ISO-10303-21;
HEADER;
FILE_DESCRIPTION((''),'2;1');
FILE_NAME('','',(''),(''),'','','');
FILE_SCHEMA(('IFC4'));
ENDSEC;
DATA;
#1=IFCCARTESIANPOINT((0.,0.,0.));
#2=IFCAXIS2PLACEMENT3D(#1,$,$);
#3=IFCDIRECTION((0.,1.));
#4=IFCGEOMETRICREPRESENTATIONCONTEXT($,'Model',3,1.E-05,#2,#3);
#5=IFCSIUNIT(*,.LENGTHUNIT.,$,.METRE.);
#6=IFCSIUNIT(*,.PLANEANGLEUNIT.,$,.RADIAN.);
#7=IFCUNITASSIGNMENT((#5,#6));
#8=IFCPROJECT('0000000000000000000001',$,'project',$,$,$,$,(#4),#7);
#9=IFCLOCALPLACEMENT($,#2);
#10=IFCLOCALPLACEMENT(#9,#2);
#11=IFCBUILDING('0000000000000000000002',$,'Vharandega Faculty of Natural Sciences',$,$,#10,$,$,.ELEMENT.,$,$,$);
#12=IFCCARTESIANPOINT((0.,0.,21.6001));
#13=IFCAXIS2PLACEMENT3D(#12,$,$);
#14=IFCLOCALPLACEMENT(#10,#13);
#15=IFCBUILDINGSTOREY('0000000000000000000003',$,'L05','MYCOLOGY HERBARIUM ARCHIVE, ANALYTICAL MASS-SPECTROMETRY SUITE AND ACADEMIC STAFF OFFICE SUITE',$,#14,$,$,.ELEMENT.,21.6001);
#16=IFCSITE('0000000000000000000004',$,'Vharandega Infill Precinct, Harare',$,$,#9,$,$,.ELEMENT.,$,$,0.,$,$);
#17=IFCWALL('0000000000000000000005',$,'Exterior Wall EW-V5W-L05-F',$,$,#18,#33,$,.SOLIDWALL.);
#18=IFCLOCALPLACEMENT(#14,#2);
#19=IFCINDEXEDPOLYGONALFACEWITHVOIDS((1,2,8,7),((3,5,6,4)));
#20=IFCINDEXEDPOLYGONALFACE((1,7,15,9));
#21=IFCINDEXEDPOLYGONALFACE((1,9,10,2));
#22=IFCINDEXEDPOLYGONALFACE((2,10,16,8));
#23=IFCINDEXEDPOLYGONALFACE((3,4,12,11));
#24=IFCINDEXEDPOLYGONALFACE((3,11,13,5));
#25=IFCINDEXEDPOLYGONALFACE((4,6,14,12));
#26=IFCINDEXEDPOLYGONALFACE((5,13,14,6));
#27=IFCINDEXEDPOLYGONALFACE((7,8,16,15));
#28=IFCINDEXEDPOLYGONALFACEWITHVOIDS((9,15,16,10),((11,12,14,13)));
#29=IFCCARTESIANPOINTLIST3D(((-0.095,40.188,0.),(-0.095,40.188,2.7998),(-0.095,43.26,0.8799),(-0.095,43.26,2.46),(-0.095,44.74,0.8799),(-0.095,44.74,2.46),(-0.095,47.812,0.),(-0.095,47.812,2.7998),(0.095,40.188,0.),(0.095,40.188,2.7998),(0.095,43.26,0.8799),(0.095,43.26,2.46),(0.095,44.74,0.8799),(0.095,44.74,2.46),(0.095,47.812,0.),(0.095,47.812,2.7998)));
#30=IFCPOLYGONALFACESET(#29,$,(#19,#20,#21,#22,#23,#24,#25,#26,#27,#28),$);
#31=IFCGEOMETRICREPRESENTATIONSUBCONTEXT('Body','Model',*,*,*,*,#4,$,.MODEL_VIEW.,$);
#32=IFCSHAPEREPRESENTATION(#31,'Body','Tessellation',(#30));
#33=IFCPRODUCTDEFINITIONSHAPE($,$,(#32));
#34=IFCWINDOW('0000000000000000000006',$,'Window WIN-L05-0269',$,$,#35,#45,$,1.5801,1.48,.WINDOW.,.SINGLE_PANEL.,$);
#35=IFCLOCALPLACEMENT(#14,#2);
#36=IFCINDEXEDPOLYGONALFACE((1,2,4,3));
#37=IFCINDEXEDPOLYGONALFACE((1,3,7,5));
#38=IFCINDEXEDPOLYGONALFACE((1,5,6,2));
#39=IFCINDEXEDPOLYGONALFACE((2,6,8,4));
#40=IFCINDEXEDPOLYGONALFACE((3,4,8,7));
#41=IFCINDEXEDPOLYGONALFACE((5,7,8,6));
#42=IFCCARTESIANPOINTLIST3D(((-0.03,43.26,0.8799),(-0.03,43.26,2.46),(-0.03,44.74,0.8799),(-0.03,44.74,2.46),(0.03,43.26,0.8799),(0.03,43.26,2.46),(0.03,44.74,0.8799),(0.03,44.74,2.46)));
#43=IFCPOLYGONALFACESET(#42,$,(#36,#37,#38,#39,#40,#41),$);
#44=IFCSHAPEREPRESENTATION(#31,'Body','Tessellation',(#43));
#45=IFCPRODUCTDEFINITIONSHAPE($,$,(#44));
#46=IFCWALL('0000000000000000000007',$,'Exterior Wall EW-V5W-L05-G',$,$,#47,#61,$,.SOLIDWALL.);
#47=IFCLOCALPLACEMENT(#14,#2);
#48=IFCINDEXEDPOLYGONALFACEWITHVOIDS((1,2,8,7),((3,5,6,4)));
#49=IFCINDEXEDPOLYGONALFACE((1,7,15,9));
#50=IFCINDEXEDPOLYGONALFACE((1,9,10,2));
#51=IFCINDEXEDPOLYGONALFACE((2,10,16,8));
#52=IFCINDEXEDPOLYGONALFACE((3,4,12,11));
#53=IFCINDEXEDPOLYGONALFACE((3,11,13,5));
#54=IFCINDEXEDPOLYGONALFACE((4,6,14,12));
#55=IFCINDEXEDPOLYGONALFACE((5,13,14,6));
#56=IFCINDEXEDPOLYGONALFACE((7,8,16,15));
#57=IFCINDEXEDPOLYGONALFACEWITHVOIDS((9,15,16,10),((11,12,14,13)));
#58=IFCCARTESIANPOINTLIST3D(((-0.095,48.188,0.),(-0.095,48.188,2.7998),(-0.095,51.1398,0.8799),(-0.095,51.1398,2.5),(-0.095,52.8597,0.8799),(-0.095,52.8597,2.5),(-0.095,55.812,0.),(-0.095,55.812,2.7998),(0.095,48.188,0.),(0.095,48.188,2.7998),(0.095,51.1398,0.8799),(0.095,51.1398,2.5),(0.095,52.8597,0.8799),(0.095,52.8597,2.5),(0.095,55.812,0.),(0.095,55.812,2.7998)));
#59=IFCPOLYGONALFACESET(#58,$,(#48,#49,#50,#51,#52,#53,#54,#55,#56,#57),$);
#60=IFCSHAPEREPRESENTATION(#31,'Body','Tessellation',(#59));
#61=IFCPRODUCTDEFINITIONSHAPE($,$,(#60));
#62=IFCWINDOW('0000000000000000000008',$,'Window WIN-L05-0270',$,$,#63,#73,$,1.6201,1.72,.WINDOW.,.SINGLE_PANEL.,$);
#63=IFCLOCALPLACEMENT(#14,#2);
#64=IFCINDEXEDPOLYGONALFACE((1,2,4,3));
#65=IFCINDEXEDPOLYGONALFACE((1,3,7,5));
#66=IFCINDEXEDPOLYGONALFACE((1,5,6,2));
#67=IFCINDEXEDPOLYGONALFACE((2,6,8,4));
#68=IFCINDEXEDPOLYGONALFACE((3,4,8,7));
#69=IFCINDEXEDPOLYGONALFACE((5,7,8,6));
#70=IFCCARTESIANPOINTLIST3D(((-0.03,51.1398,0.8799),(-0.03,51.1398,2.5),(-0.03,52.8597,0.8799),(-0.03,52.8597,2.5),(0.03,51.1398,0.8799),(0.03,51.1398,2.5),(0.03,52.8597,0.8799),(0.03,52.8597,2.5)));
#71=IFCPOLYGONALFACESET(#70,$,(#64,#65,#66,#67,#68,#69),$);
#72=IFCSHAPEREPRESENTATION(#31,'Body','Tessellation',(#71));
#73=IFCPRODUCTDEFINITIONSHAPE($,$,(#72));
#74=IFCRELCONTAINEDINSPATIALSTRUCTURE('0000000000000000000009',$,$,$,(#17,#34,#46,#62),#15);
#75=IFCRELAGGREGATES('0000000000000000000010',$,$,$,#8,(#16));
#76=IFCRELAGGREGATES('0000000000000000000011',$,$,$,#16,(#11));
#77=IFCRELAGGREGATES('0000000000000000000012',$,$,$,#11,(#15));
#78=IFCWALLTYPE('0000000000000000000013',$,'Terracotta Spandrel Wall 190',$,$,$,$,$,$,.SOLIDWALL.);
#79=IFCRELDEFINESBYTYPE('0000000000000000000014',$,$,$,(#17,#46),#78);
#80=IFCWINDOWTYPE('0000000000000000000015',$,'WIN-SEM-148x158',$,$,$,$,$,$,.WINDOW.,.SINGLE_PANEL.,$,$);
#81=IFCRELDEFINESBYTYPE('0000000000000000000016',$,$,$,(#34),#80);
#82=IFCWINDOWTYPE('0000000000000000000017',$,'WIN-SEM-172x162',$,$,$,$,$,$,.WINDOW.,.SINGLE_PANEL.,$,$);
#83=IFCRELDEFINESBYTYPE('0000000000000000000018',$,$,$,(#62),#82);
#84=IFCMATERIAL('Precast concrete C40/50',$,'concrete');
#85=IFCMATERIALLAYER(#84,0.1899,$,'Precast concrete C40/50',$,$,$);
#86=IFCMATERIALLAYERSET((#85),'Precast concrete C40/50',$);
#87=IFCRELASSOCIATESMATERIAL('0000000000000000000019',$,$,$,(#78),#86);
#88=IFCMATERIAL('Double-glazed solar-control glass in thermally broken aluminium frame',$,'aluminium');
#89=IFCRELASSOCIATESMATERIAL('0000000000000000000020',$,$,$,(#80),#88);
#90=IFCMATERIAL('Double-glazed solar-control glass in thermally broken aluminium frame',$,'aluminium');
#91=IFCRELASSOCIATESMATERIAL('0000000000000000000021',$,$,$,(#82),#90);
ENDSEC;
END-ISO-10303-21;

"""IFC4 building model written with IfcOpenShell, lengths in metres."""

from ifc_helpers import new_model, si_unit, direction, frame, frame_2d, origin, place, context, subcontext, project, spatial, rectangle, extrude, material, layer, layer_set, type_object, element, fill, save


model = new_model("IFC4")

# Units and contexts
model_context = context("Model", 3, precision=1e-05, world=origin(), true_north=direction((0.0, 1.0)))
body_context = subcontext(model_context, "Body", "Model", "MODEL_VIEW")
ifc_project = project(units=[si_unit("LENGTHUNIT", "METRE"), si_unit("PLANEANGLEUNIT", "RADIAN")], contexts=[model_context])

# Site, building, storey
site_placement = place(None, origin())
site = spatial("IfcSite", under=ifc_project, at=site_placement, Name="Vharandega Infill Precinct, Harare", CompositionType="ELEMENT", RefElevation=0.0)
building_placement = place(site_placement, origin())
building = spatial("IfcBuilding", under=site, at=building_placement, Name="Vharandega Faculty of Natural Sciences", CompositionType="ELEMENT")
storey_placement = place(building_placement, frame((0.0, 0.0, 21.6001)))
storey = spatial("IfcBuildingStorey", under=building, at=storey_placement, Name="L05", Description="MYCOLOGY HERBARIUM ARCHIVE, ANALYTICAL MASS-SPECTROMETRY SUITE AND ACADEMIC STAFF OFFICE SUITE", CompositionType="ELEMENT", Elevation=21.6001)

# Walls, openings, windows
ifc_material_1 = material(Name="Precast concrete C40/50", Category="concrete")
ifc_layer_1 = layer(ifc_material_1, 0.1899, Name="Precast concrete C40/50")
ifc_layer_set_1 = layer_set([ifc_layer_1], Name="Precast concrete C40/50")
wall_type_1 = type_object("IfcWallType", Name="Terracotta Spandrel Wall 190", PredefinedType="SOLIDWALL", material=ifc_layer_set_1)
wall_1_placement = place(storey_placement, frame((0.0, 40.188, 0.0), z_axis=(0.0, 0.0, 1.0), x_axis=(0.0, 1.0, 0.0)))
wall_1 = element("IfcWall", 1, at=wall_1_placement, inside=storey, type_object=wall_type_1, Name="Exterior Wall EW-V5W-L05-F", PredefinedType="SOLIDWALL", context=body_context, shape_type="SweptSolid", body=[
    extrude(rectangle(XDim=7.624, YDim=0.1899, at=frame_2d((3.812, 0.0))), origin(), (0.0, 0.0, 1.0), 2.7998),
])
opening_1_placement = place(wall_1_placement, frame((3.072, 0.0, 0.8799)))
opening_1 = element("IfcOpeningElement", 2, at=opening_1_placement, cuts=wall_1, PredefinedType="OPENING", context=body_context, shape_type="SweptSolid", body=[
    extrude(rectangle(XDim=1.48, YDim=1.5801, at=frame_2d((0.74, 0.79))), frame((0.0, 0.105, 0.0), z_axis=(0.0, -1.0, 0.0), x_axis=(1.0, 0.0, 0.0)), (0.0, 0.0, 1.0), 0.21),
])
ifc_material_2 = material(Name="Double-glazed solar-control glass in thermally broken aluminium frame", Category="aluminium")
window_type_1 = type_object("IfcWindowType", Name="WIN-SEM-148x158", PartitioningType="SINGLE_PANEL", PredefinedType="WINDOW", material=ifc_material_2)
window_1_placement = place(opening_1_placement, origin())
window_1 = element("IfcWindow", 3, at=window_1_placement, inside=storey, type_object=window_type_1, Name="Window WIN-L05-0269", OverallHeight=1.5801, OverallWidth=1.48, PartitioningType="SINGLE_PANEL", PredefinedType="WINDOW", context=body_context, shape_type="SweptSolid", body=[
    extrude(rectangle(XDim=1.48, YDim=1.5801, at=frame_2d((0.74, 0.79))), frame((0.0, 0.03, 0.0), z_axis=(0.0, -1.0, 0.0), x_axis=(1.0, 0.0, 0.0)), (0.0, 0.0, 1.0), 0.0601),
])
fill(opening_1, window_1)
wall_2_placement = place(storey_placement, frame((0.0, 48.188, 0.0), z_axis=(0.0, 0.0, 1.0), x_axis=(0.0, 1.0, 0.0)))
wall_2 = element("IfcWall", 4, at=wall_2_placement, inside=storey, type_object=wall_type_1, Name="Exterior Wall EW-V5W-L05-G", PredefinedType="SOLIDWALL", context=body_context, shape_type="SweptSolid", body=[
    extrude(rectangle(XDim=7.624, YDim=0.1899, at=frame_2d((3.812, 0.0))), origin(), (0.0, 0.0, 1.0), 2.7998),
])
opening_2_placement = place(wall_2_placement, frame((2.9519, 0.0, 0.8799)))
opening_2 = element("IfcOpeningElement", 5, at=opening_2_placement, cuts=wall_2, PredefinedType="OPENING", context=body_context, shape_type="SweptSolid", body=[
    extrude(rectangle(XDim=1.72, YDim=1.6201, at=frame_2d((0.8599, 0.8101))), frame((0.0, 0.105, 0.0), z_axis=(0.0, -1.0, 0.0), x_axis=(1.0, 0.0, 0.0)), (0.0, 0.0, 1.0), 0.21),
])
ifc_material_3 = material(Name="Double-glazed solar-control glass in thermally broken aluminium frame", Category="aluminium")
window_type_2 = type_object("IfcWindowType", Name="WIN-SEM-172x162", PartitioningType="SINGLE_PANEL", PredefinedType="WINDOW", material=ifc_material_3)
window_2_placement = place(opening_2_placement, origin())
window_2 = element("IfcWindow", 6, at=window_2_placement, inside=storey, type_object=window_type_2, Name="Window WIN-L05-0270", OverallHeight=1.6201, OverallWidth=1.72, PartitioningType="SINGLE_PANEL", PredefinedType="WINDOW", context=body_context, shape_type="SweptSolid", body=[
    extrude(rectangle(XDim=1.72, YDim=1.6201, at=frame_2d((0.8599, 0.8101))), frame((0.0, 0.03, 0.0), z_axis=(0.0, -1.0, 0.0), x_axis=(1.0, 0.0, 0.0)), (0.0, 0.0, 1.0), 0.0601),
])
fill(opening_2, window_2)

save(model, "model.ifc")
